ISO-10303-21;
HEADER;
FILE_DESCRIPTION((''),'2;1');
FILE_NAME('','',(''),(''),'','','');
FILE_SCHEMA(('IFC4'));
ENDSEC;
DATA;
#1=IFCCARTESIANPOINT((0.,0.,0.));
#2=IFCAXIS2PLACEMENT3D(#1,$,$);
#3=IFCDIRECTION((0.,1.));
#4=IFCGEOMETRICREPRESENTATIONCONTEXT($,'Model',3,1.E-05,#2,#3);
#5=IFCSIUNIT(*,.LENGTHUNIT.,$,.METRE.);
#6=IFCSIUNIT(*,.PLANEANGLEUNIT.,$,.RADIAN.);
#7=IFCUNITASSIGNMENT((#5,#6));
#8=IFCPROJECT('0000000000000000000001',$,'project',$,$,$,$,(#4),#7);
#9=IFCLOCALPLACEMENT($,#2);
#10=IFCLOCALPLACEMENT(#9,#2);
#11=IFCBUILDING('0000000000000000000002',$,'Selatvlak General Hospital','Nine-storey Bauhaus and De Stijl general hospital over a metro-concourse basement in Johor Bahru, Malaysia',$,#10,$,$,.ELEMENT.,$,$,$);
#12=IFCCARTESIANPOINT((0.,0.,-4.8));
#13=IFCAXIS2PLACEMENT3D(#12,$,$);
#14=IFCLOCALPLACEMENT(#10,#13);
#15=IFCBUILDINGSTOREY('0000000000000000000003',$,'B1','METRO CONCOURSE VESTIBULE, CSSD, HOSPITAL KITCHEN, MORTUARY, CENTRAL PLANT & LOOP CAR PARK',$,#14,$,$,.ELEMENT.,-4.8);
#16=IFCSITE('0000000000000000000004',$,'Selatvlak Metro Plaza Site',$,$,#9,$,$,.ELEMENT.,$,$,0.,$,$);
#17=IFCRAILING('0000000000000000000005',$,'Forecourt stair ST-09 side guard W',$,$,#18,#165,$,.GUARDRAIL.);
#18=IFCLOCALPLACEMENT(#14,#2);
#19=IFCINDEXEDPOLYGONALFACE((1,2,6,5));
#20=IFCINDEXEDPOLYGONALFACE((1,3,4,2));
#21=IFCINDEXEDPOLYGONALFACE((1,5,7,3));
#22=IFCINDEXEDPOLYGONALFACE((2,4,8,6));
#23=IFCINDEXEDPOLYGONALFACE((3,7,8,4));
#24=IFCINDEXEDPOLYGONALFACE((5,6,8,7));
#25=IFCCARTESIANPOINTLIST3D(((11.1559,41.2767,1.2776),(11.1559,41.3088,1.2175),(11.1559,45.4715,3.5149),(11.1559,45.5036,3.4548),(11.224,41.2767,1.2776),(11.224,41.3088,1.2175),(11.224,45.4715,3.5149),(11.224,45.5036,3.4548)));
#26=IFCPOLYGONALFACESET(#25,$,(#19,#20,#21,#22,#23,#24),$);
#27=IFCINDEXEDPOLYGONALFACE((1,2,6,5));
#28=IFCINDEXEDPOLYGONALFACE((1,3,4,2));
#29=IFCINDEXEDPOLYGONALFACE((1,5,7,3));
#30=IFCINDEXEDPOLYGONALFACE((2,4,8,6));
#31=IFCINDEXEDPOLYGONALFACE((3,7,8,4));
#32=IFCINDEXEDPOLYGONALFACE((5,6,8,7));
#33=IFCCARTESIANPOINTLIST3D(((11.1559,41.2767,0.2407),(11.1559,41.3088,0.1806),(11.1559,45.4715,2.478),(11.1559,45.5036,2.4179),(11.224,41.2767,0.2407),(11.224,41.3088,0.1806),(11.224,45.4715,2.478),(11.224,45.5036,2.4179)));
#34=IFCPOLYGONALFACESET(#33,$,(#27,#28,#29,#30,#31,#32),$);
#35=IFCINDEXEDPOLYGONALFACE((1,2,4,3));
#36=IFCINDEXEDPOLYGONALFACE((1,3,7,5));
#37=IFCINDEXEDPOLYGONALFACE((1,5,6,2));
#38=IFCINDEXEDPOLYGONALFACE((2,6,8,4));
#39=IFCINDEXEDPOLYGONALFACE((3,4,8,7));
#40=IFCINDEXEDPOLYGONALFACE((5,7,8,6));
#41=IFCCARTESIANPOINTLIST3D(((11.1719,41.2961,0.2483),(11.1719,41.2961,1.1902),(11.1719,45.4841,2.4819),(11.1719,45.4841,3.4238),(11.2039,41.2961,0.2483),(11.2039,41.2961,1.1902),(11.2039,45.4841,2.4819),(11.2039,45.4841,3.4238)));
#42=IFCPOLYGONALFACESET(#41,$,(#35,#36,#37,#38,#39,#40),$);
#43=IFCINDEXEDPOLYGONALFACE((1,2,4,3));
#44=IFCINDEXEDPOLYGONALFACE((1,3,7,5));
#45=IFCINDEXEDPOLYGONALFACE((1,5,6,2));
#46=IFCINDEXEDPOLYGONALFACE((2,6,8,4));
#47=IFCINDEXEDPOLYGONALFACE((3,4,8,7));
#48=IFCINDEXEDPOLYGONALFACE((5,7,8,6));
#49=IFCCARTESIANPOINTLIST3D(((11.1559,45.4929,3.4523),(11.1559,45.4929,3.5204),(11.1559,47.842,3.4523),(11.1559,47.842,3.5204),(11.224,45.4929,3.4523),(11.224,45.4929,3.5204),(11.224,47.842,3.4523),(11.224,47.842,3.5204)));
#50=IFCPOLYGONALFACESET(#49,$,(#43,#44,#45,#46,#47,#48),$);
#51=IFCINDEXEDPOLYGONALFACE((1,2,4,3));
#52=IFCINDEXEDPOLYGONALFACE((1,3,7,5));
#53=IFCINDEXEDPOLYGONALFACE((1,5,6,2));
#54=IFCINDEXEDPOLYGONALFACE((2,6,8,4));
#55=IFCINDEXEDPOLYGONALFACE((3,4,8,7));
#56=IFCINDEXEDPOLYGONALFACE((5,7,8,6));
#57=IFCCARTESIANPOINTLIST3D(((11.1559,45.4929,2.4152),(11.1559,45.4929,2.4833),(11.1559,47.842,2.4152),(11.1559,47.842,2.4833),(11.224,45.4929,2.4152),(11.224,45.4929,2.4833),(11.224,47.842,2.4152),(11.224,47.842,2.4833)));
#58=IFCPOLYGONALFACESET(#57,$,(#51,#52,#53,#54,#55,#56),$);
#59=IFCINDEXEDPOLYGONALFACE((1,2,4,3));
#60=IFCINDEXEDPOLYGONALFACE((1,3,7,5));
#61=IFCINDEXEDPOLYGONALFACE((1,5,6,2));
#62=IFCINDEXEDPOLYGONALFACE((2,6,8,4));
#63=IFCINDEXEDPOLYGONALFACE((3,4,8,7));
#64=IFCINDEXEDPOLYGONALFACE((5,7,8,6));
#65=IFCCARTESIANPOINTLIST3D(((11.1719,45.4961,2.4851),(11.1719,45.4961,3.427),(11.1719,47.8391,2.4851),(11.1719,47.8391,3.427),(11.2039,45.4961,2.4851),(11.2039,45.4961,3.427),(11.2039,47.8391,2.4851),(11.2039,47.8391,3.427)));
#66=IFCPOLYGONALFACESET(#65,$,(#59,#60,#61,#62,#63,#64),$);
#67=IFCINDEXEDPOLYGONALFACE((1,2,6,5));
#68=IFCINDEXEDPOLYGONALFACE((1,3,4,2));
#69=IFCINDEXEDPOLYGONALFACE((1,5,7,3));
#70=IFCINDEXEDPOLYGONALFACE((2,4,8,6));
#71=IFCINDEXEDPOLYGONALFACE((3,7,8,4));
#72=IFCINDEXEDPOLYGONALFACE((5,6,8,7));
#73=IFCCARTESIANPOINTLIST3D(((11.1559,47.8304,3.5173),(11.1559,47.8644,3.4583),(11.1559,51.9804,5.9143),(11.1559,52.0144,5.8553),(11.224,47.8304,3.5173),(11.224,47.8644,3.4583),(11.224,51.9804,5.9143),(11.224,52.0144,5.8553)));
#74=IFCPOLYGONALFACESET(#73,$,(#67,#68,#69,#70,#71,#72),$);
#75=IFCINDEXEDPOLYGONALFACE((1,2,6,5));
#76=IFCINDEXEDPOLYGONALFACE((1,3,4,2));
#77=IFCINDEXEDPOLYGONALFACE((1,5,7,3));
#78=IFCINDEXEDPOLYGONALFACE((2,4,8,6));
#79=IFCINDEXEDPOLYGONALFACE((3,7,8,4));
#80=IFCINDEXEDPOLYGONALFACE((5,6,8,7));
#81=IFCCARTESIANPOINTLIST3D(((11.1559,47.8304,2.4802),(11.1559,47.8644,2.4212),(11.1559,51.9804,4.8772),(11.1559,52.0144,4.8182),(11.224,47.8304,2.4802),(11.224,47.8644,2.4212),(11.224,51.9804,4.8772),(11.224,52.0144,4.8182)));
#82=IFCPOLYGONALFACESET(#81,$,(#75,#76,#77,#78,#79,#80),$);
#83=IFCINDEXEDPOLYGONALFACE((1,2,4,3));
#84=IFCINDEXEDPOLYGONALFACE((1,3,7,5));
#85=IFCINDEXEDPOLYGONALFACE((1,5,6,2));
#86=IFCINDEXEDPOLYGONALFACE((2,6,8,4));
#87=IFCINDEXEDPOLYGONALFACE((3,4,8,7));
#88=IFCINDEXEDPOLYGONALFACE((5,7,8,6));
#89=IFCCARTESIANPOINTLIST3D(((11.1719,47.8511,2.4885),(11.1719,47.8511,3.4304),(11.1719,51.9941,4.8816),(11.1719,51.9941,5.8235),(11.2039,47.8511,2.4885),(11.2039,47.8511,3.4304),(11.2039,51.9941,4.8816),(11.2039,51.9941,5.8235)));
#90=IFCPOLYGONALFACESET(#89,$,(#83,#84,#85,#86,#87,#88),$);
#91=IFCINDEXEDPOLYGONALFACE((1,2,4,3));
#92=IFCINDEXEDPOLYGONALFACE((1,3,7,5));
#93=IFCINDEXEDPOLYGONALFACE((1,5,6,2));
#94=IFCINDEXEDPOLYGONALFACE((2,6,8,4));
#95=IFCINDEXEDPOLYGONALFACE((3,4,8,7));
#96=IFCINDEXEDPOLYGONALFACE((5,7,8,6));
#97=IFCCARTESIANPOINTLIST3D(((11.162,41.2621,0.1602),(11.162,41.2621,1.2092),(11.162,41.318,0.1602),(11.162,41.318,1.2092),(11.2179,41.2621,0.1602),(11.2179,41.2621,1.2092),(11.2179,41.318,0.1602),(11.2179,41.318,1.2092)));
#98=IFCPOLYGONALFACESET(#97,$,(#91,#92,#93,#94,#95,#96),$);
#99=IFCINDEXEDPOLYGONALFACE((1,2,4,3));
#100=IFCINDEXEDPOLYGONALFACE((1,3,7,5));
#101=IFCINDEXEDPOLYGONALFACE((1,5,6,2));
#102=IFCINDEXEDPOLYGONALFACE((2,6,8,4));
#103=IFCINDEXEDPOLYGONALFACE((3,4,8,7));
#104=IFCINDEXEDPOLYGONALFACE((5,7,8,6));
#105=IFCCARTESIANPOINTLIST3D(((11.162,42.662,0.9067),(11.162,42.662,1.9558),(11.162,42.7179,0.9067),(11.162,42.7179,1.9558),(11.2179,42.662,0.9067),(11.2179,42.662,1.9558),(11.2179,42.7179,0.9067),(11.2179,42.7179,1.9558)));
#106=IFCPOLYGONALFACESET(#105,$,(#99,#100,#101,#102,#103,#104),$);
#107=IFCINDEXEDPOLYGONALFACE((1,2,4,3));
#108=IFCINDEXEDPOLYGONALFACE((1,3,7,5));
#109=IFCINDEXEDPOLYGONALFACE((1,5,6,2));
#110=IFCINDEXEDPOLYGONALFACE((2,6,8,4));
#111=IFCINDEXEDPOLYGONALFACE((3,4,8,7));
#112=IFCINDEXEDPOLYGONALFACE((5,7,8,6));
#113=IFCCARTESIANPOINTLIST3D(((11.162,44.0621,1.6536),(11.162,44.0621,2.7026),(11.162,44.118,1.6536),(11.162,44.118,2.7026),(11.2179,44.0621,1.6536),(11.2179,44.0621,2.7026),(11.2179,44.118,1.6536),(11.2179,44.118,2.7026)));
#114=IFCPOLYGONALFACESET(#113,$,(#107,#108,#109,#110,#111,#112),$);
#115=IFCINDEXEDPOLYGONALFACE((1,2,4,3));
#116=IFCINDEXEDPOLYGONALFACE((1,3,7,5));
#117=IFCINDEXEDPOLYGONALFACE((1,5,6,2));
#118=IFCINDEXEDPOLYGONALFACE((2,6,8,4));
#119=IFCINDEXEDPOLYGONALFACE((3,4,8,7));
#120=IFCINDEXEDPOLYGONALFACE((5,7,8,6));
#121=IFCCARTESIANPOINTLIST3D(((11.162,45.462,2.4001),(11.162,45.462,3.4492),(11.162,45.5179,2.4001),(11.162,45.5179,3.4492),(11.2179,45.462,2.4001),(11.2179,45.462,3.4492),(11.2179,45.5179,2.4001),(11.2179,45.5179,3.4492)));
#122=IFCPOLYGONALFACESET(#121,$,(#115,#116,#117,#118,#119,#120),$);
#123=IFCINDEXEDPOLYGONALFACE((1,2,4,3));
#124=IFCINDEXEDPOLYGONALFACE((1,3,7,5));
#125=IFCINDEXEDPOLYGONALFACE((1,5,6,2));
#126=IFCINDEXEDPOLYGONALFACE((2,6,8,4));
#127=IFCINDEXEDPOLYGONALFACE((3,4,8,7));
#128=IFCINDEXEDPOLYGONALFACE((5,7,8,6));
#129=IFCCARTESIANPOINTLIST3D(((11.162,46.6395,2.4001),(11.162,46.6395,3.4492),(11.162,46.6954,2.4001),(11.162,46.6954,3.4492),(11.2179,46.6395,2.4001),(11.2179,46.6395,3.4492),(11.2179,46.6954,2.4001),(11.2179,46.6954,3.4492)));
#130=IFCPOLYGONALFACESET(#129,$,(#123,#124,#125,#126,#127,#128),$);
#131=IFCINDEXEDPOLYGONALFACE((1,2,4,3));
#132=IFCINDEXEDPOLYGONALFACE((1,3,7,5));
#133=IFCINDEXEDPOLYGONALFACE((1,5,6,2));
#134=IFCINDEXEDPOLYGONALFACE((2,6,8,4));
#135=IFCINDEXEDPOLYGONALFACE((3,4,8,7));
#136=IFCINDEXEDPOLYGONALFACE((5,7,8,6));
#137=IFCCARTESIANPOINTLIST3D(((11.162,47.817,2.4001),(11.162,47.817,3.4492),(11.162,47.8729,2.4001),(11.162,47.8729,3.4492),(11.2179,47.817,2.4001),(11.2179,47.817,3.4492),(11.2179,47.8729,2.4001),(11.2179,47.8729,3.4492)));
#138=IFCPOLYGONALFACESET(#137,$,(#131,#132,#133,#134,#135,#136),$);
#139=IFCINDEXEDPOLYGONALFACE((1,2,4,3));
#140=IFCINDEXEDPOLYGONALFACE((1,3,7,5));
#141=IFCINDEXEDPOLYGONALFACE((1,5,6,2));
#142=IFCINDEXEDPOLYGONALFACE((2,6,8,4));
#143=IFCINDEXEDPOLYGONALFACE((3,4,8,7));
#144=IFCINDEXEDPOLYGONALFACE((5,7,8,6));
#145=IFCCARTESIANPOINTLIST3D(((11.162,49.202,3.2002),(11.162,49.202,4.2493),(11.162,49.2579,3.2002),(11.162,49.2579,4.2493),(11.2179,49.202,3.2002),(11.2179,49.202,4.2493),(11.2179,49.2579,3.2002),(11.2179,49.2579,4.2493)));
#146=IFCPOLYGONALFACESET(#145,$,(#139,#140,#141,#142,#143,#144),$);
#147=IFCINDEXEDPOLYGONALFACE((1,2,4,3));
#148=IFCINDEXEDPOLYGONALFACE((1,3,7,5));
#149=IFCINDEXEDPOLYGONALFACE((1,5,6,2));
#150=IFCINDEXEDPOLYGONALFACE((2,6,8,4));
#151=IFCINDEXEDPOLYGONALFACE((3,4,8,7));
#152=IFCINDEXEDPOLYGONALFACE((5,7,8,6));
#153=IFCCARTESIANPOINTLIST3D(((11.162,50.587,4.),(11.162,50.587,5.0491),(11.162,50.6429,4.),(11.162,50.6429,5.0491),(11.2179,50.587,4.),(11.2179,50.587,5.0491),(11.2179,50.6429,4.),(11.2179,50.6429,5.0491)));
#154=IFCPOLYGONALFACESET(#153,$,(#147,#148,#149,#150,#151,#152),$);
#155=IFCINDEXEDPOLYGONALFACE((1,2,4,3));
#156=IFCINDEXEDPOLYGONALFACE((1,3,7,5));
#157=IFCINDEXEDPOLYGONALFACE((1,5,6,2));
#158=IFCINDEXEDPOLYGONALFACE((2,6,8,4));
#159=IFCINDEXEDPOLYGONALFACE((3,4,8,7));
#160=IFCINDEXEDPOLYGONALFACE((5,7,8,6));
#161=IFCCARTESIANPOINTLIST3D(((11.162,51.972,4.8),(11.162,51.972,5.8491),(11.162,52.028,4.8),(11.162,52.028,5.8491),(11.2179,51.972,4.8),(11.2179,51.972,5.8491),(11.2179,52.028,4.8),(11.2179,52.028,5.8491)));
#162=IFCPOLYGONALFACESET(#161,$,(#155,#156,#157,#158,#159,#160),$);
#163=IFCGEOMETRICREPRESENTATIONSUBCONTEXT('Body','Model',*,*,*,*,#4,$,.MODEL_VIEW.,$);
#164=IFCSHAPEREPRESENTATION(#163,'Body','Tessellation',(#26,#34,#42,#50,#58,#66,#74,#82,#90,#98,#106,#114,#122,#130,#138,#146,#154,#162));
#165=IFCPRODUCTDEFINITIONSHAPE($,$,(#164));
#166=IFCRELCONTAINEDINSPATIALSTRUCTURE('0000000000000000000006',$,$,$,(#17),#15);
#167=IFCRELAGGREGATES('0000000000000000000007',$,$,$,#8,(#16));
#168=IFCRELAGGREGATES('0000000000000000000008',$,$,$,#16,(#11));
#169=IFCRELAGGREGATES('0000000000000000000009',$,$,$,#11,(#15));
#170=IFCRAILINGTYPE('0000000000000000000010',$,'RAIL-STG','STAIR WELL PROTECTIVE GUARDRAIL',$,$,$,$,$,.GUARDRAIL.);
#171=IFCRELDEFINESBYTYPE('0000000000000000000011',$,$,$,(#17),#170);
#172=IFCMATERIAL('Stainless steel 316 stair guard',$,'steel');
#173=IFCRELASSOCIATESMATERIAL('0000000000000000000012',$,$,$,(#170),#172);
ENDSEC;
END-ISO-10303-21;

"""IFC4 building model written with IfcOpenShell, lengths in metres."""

from ifc_helpers import new_model, si_unit, direction, frame, origin, origin_2d, place, context, subcontext, project, spatial, polyline, rectangle, outline, extrude, material, type_object, element, save


model = new_model("IFC4")

# Units and contexts
model_context = context("Model", 3, precision=1e-05, world=origin(), true_north=direction((0.0, 1.0)))
body_context = subcontext(model_context, "Body", "Model", "MODEL_VIEW")
ifc_project = project(units=[si_unit("LENGTHUNIT", "METRE"), si_unit("PLANEANGLEUNIT", "RADIAN")], contexts=[model_context])

# Site, building, storey
site_placement = place(None, origin())
site = spatial("IfcSite", under=ifc_project, at=site_placement, Name="Selatvlak Metro Plaza Site", CompositionType="ELEMENT", RefElevation=0.0)
building_placement = place(site_placement, origin())
building = spatial("IfcBuilding", under=site, at=building_placement, Name="Selatvlak General Hospital", Description="Nine-storey Bauhaus and De Stijl general hospital over a metro-concourse basement in Johor Bahru, Malaysia", CompositionType="ELEMENT")
storey_placement = place(building_placement, frame((0.0, 0.0, -4.8)))
storey = spatial("IfcBuildingStorey", under=building, at=storey_placement, Name="B1", Description="METRO CONCOURSE VESTIBULE, CSSD, HOSPITAL KITCHEN, MORTUARY, CENTRAL PLANT & LOOP CAR PARK", CompositionType="ELEMENT", Elevation=-4.8)

# Railing
ifc_material_1 = material(Name="Stainless steel 316 stair guard", Category="steel")
railing_type = type_object("IfcRailingType", Name="RAIL-STG", Description="STAIR WELL PROTECTIVE GUARDRAIL", PredefinedType="GUARDRAIL", material=ifc_material_1)
railing_1_placement = place(storey_placement, frame((11.1899, 41.29, 0.1602)))
element("IfcRailing", 1, at=railing_1_placement, inside=storey, type_object=railing_type, Name="Forecourt stair ST-09 side guard W", PredefinedType="GUARDRAIL", context=body_context, shape_type="SweptSolid", body=[
    extrude(rectangle(XDim=0.0681, YDim=0.0681, at=origin_2d()), frame((0.0, 0.0027, 1.0874), z_axis=(0.0, 0.882352, 0.470591), x_axis=(-1.0, 0.0, 0.0)), (0.0, 0.0, 1.0), 4.7542),
    extrude(rectangle(XDim=0.0681, YDim=0.0681, at=origin_2d()), frame((0.0, 0.0027, 0.0505), z_axis=(0.0, 0.882352, 0.470591), x_axis=(-1.0, 0.0, 0.0)), (0.0, 0.0, 1.0), 4.7542),
    extrude(outline(polyline([(0.0, 0.0), (4.188, 2.2336), (4.188, 3.1755), (0.0, 0.9419), (0.0, 0.0)])), frame((-0.0181, 0.0061, 0.0881), z_axis=(1.0, 0.0, 0.0), x_axis=(0.0, 1.0, 0.0)), (0.0, 0.0, 1.0), 0.032),
    extrude(rectangle(XDim=0.0681, YDim=0.0681, at=origin_2d()), frame((0.0, 4.2029, 3.3262), z_axis=(0.0, 1.0, 0.0), x_axis=(-1.0, 0.0, 0.0)), (0.0, 0.0, 1.0), 2.3491),
    extrude(rectangle(XDim=0.0681, YDim=0.0681, at=origin_2d()), frame((0.0, 4.2029, 2.2891), z_axis=(0.0, 1.0, 0.0), x_axis=(-1.0, 0.0, 0.0)), (0.0, 0.0, 1.0), 2.3491),
    extrude(outline(polyline([(0.0, 0.0), (2.343, 0.0), (2.343, 0.9419), (0.0, 0.9419), (0.0, 0.0)])), frame((-0.0181, 4.2061, 2.325), z_axis=(1.0, 0.0, 0.0), x_axis=(0.0, 1.0, 0.0)), (0.0, 0.0, 1.0), 0.032),
    extrude(rectangle(XDim=0.0681, YDim=0.0681, at=origin_2d()), frame((0.0, 6.5574, 3.3276), z_axis=(0.0, 0.865936, 0.500156), x_axis=(-1.0, 0.0, 0.0)), (0.0, 0.0, 1.0), 4.7925),
    extrude(rectangle(XDim=0.0681, YDim=0.0681, at=origin_2d()), frame((0.0, 6.5574, 2.2905), z_axis=(0.0, 0.865936, 0.500156), x_axis=(-1.0, 0.0, 0.0)), (0.0, 0.0, 1.0), 4.7925),
    extrude(outline(polyline([(0.0, 0.0), (4.1431, 2.3931), (4.1431, 3.335), (0.0, 0.9419), (0.0, 0.0)])), frame((-0.0181, 6.561, 2.3284), z_axis=(1.0, 0.0, 0.0), x_axis=(0.0, 1.0, 0.0)), (0.0, 0.0, 1.0), 0.032),
    extrude(rectangle(XDim=0.0559, YDim=0.0559, at=origin_2d()), origin(), (0.0, 0.0, 1.0), 1.0491),
    extrude(rectangle(XDim=0.0559, YDim=0.0559, at=origin_2d()), frame((0.0, 1.3999, 0.7466)), (0.0, 0.0, 1.0), 1.0491),
    extrude(rectangle(XDim=0.0559, YDim=0.0559, at=origin_2d()), frame((0.0, 2.8, 1.4934)), (0.0, 0.0, 1.0), 1.0491),
    extrude(rectangle(XDim=0.0559, YDim=0.0559, at=origin_2d()), frame((0.0, 4.2, 2.24)), (0.0, 0.0, 1.0), 1.0491),
    extrude(rectangle(XDim=0.0559, YDim=0.0559, at=origin_2d()), frame((0.0, 5.3774, 2.24)), (0.0, 0.0, 1.0), 1.0491),
    extrude(rectangle(XDim=0.0559, YDim=0.0559, at=origin_2d()), frame((0.0, 6.5549, 2.24)), (0.0, 0.0, 1.0), 1.0491),
    extrude(rectangle(XDim=0.0559, YDim=0.0559, at=origin_2d()), frame((0.0, 7.9399, 3.04)), (0.0, 0.0, 1.0), 1.0491),
    extrude(rectangle(XDim=0.0559, YDim=0.0559, at=origin_2d()), frame((0.0, 9.325, 3.8398)), (0.0, 0.0, 1.0), 1.0491),
    extrude(rectangle(XDim=0.0559, YDim=0.0559, at=origin_2d()), frame((0.0, 10.71, 4.6399)), (0.0, 0.0, 1.0), 1.0491),
])

save(model, "model.ifc")
